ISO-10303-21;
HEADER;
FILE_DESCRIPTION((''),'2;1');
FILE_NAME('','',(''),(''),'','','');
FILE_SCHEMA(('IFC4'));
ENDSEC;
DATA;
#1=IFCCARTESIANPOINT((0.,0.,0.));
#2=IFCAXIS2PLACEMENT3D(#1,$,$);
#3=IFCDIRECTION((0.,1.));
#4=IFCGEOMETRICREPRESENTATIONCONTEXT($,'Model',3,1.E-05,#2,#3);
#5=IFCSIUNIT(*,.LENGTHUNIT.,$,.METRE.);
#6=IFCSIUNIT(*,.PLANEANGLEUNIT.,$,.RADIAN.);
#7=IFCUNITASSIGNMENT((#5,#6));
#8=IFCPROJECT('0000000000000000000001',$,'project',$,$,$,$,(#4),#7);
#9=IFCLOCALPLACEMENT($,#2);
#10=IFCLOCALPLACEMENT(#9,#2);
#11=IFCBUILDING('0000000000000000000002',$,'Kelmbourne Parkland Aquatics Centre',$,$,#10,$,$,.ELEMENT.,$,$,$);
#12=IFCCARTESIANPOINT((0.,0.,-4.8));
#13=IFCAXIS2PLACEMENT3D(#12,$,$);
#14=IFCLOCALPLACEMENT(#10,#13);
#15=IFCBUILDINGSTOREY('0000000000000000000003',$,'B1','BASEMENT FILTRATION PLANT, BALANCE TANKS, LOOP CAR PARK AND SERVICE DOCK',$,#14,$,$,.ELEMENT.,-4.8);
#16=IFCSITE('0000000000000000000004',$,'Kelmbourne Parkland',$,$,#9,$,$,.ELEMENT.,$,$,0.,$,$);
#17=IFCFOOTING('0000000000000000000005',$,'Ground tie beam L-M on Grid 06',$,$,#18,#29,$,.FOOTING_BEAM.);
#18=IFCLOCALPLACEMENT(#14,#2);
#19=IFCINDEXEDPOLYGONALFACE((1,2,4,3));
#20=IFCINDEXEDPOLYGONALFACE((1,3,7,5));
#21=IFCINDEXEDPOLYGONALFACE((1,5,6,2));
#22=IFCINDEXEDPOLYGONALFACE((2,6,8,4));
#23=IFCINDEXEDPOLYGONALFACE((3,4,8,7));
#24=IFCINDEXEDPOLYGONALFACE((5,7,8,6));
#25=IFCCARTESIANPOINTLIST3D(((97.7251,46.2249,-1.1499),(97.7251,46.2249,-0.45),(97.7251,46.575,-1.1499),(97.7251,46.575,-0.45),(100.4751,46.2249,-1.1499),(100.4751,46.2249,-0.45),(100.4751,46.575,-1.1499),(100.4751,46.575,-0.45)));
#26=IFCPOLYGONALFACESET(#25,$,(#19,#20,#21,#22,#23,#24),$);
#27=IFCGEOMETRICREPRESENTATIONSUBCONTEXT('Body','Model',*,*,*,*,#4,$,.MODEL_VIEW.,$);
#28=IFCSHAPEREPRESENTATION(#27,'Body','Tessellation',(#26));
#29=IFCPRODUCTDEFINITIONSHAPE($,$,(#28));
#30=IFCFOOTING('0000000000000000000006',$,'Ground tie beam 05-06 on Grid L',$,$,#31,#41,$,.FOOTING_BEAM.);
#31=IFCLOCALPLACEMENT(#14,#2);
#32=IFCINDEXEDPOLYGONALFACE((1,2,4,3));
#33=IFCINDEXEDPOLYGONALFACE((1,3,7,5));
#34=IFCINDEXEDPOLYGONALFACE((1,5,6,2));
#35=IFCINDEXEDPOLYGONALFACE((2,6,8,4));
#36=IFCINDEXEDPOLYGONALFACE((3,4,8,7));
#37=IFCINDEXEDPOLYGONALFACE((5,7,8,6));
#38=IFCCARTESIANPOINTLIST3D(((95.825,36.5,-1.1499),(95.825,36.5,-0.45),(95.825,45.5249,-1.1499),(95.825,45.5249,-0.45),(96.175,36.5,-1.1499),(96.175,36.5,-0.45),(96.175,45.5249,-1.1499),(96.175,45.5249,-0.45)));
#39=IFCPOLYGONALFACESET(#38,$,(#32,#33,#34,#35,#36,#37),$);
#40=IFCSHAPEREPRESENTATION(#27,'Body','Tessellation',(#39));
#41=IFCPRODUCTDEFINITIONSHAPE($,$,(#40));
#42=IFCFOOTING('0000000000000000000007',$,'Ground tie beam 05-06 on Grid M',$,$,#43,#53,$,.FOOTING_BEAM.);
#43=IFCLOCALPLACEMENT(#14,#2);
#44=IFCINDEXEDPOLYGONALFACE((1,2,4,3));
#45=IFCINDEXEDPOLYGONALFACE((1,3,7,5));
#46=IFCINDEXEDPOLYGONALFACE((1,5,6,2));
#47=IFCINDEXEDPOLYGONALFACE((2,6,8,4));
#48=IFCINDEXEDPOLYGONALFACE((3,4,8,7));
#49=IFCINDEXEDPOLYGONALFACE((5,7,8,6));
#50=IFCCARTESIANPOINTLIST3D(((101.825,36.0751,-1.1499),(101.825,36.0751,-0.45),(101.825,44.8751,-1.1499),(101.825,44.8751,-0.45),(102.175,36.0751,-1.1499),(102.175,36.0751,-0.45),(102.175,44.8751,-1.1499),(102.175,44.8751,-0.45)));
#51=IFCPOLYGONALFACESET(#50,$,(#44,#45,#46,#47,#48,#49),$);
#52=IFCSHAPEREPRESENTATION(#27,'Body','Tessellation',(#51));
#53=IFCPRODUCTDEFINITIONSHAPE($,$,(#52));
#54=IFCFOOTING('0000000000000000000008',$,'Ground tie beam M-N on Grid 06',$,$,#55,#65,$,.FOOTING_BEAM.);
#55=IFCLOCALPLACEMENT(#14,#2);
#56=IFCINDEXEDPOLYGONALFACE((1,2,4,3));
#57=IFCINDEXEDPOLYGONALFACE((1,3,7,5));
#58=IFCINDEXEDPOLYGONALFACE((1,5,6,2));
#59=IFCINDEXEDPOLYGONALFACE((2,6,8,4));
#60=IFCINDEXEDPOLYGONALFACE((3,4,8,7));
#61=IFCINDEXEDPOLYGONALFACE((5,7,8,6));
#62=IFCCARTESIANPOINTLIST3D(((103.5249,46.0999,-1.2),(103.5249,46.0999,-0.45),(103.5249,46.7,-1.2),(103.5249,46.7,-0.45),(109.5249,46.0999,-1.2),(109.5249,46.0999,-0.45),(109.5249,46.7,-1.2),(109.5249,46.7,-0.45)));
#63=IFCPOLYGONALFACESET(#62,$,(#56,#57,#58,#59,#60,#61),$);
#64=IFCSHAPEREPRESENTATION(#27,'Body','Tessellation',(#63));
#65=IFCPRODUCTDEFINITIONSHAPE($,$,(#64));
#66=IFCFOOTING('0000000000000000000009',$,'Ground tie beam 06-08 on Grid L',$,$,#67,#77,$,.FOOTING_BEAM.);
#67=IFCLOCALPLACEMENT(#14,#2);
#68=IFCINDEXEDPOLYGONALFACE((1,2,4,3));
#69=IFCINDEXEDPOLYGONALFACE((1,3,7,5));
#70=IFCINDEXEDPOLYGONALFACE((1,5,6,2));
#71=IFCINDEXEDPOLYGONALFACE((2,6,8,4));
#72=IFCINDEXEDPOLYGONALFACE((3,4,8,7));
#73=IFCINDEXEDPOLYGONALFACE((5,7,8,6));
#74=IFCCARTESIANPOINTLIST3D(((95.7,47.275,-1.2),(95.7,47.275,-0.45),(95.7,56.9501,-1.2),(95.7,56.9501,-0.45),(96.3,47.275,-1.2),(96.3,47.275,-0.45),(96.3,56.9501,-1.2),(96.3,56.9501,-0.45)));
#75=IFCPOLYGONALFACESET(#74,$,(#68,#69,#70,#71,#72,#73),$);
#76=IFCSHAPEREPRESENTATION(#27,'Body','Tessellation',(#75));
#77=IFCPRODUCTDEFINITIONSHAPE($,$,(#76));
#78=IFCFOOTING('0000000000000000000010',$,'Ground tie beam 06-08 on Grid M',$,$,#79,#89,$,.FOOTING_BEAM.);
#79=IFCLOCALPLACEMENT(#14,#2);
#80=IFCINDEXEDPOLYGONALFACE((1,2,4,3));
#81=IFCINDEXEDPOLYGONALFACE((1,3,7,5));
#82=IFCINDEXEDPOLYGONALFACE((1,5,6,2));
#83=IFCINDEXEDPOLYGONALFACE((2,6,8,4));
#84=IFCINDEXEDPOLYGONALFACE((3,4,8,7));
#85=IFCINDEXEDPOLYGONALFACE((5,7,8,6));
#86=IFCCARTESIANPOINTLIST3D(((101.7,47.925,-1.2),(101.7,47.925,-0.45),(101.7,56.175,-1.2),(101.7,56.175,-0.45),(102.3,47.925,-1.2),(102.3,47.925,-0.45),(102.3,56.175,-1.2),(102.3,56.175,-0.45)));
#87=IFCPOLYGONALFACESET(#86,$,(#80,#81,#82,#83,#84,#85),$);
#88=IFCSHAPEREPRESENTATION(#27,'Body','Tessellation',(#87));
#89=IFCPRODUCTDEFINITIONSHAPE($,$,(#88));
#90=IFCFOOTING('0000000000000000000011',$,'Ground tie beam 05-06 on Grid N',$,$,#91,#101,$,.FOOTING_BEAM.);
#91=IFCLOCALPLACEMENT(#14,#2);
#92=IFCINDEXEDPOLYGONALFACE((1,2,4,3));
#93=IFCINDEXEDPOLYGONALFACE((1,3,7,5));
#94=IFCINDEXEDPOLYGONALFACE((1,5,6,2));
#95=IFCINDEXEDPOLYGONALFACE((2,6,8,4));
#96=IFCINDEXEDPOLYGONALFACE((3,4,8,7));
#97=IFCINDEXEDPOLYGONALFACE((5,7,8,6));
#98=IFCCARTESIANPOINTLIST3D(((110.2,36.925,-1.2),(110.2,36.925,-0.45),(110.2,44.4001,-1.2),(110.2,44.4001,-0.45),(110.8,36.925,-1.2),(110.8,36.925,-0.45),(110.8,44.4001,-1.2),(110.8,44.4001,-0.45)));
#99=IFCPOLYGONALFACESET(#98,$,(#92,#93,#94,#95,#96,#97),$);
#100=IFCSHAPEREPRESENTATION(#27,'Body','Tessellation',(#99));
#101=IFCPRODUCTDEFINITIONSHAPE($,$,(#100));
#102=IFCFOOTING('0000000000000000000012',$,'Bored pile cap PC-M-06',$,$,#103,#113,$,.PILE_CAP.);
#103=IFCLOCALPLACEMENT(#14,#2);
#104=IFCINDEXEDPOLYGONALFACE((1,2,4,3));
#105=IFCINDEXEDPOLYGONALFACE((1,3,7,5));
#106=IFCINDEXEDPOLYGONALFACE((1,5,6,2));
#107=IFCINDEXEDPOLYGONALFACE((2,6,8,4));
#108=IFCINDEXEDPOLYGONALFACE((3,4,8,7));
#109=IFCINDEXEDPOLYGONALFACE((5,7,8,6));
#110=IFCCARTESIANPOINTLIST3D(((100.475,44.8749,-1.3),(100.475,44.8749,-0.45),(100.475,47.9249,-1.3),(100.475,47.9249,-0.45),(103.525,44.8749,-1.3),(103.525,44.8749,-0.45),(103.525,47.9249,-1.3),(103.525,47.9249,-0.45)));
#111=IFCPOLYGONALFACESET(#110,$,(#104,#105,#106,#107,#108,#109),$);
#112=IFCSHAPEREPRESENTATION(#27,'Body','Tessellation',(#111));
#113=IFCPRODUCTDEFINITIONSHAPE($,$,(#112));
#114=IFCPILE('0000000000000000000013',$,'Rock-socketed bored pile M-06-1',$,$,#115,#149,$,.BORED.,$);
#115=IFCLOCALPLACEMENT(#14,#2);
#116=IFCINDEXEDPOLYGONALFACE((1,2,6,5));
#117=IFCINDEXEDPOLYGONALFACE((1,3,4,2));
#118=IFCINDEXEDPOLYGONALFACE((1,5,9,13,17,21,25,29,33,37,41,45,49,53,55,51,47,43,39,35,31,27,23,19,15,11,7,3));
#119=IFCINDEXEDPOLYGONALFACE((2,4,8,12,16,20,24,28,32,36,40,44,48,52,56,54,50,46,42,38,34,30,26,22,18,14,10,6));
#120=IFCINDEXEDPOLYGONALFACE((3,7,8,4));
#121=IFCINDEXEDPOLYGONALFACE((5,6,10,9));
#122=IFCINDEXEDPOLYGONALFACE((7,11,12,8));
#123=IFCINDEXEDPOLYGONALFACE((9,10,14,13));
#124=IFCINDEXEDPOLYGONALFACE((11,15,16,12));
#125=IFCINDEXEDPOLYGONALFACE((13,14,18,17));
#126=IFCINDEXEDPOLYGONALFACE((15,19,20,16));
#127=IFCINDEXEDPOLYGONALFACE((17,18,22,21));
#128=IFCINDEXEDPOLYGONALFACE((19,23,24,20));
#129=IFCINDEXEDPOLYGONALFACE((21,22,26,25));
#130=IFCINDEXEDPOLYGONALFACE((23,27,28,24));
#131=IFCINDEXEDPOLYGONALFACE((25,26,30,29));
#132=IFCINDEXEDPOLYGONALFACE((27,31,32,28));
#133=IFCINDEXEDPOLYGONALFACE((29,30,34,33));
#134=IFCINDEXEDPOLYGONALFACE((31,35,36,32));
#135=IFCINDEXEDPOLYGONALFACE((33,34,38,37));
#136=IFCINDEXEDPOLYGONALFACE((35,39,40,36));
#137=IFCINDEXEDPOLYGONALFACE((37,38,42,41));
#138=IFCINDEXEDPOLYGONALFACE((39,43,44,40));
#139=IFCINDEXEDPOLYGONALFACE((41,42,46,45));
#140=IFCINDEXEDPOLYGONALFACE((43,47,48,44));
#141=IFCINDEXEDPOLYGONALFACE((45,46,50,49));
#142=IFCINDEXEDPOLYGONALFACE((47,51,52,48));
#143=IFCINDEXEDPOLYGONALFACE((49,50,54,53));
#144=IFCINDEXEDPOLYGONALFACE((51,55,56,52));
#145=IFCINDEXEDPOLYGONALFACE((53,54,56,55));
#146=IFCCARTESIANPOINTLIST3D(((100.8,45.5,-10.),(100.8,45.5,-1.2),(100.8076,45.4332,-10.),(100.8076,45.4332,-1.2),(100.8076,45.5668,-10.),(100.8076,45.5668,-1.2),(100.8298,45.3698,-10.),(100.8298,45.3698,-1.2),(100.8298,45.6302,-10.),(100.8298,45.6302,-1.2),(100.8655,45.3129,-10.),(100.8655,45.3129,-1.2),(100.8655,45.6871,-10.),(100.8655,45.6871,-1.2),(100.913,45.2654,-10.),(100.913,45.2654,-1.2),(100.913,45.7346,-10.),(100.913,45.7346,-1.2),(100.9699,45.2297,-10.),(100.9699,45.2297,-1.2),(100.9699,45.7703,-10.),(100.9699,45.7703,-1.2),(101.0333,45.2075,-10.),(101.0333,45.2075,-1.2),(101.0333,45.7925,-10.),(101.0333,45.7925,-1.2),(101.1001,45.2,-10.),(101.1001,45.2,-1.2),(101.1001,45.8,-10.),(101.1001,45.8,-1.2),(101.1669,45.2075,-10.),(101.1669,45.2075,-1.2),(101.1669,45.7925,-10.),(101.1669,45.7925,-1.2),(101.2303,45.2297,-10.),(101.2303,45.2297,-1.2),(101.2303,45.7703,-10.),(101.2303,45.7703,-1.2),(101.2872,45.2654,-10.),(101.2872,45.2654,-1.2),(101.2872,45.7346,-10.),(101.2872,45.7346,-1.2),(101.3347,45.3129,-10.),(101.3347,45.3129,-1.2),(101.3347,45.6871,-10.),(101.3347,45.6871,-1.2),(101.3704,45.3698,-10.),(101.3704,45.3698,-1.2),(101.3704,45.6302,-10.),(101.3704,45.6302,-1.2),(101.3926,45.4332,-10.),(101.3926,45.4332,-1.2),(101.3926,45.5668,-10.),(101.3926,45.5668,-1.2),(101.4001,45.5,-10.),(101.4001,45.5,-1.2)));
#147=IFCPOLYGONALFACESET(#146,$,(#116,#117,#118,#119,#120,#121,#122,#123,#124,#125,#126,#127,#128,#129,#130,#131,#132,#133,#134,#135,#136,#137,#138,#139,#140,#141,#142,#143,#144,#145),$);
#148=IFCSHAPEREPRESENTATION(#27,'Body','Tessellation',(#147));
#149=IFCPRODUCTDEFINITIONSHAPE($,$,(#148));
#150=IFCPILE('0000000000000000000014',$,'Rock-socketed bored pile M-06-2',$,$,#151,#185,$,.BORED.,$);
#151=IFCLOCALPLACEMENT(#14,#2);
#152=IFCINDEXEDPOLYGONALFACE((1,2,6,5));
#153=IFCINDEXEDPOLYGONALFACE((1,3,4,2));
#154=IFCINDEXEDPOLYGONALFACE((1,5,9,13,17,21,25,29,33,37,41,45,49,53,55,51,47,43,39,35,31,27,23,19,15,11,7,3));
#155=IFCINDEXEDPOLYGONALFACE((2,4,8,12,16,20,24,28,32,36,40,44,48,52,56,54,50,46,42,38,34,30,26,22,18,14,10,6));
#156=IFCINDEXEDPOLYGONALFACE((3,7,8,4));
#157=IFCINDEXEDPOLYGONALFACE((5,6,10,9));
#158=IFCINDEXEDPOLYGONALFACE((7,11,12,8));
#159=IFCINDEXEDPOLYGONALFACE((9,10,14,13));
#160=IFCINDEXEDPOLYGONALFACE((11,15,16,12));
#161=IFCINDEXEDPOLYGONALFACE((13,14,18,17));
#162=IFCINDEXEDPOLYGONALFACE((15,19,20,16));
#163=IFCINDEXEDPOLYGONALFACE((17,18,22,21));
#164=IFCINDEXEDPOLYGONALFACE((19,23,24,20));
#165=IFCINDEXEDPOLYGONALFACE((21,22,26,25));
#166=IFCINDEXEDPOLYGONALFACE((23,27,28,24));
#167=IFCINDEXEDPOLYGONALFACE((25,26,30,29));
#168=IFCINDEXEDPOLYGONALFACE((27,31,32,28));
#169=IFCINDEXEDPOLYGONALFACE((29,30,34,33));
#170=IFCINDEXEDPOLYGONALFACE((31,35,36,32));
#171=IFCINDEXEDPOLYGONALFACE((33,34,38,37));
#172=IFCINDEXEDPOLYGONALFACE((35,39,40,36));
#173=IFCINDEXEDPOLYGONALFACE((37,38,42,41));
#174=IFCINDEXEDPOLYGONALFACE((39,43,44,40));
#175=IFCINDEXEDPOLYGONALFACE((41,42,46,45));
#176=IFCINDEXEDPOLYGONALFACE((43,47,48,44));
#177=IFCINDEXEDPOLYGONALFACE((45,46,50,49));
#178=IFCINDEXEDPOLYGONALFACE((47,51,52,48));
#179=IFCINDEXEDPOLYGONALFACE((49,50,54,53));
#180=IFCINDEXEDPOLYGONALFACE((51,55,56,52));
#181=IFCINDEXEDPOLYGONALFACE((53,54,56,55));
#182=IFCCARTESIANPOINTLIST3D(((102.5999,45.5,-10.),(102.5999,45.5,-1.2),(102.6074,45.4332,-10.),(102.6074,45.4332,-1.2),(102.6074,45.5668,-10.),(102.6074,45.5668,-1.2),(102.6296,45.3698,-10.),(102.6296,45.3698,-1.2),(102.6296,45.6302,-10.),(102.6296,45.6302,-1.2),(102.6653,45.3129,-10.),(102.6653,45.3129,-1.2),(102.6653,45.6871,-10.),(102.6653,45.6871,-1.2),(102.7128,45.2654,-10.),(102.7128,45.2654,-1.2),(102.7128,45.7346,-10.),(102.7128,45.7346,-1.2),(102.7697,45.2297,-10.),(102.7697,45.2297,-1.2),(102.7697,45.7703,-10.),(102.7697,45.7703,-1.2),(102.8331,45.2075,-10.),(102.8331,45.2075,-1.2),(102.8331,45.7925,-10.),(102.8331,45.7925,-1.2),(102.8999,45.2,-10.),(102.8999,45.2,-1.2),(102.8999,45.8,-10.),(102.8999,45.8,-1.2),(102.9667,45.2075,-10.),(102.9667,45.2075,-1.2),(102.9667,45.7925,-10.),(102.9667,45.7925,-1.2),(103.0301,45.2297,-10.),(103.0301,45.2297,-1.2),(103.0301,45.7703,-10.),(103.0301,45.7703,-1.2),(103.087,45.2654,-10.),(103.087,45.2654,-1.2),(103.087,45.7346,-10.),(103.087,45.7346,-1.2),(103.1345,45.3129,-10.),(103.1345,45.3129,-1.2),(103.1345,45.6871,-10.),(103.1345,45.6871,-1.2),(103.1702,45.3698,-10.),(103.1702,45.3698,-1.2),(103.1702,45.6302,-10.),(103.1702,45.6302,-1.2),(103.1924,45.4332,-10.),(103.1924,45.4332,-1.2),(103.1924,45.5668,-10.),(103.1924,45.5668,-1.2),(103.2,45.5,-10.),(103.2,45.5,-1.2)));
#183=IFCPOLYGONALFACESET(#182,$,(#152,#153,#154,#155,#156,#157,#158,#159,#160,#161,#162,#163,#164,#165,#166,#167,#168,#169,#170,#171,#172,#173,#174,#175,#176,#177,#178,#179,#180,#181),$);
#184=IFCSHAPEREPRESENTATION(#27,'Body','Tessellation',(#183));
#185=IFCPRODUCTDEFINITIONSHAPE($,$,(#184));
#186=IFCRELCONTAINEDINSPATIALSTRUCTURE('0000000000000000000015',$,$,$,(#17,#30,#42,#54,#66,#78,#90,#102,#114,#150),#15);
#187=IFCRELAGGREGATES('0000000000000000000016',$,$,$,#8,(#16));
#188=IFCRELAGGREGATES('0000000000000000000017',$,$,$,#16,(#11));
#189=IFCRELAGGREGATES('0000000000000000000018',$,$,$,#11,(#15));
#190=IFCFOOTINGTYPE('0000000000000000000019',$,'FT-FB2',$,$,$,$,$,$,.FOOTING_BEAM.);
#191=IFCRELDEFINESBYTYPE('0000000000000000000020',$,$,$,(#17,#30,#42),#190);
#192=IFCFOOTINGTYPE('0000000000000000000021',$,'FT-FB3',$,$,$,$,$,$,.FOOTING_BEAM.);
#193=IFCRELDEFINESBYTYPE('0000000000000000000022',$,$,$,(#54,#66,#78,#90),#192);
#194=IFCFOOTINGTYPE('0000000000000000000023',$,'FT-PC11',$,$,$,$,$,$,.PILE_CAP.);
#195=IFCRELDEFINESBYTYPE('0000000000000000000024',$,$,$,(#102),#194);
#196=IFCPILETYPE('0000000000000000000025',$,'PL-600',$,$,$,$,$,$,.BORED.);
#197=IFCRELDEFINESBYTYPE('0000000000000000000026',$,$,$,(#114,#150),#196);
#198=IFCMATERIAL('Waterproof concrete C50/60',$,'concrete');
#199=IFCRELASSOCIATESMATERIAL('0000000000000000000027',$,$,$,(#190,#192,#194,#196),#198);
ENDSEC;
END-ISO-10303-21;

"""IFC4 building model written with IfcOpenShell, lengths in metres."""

from ifc_helpers import new_model, si_unit, direction, frame, origin, origin_2d, place, context, subcontext, project, spatial, rectangle, circle, extrude, material, material_profile, profile_set, type_object, element, save


model = new_model("IFC4")

# Units and contexts
model_context = context("Model", 3, precision=1e-05, world=origin(), true_north=direction((0.0, 1.0)))
body_context = subcontext(model_context, "Body", "Model", "MODEL_VIEW")
ifc_project = project(units=[si_unit("LENGTHUNIT", "METRE"), si_unit("PLANEANGLEUNIT", "RADIAN")], contexts=[model_context])

# Site, building, storey
site_placement = place(None, origin())
site = spatial("IfcSite", under=ifc_project, at=site_placement, Name="Kelmbourne Parkland", CompositionType="ELEMENT", RefElevation=0.0)
building_placement = place(site_placement, origin())
building = spatial("IfcBuilding", under=site, at=building_placement, Name="Kelmbourne Parkland Aquatics Centre", CompositionType="ELEMENT")
storey_placement = place(building_placement, frame((0.0, 0.0, -4.8)))
storey = spatial("IfcBuildingStorey", under=building, at=storey_placement, Name="B1", Description="BASEMENT FILTRATION PLANT, BALANCE TANKS, LOOP CAR PARK AND SERVICE DOCK", CompositionType="ELEMENT", Elevation=-4.8)

# Footings
ifc_material_1 = material(Name="Waterproof concrete C50/60", Category="concrete")
footing_type_1 = type_object("IfcFootingType", Name="FT-FB2", PredefinedType="FOOTING_BEAM", material=ifc_material_1)
footing_1_placement = place(storey_placement, frame((99.1001, 46.3999, -1.1499), z_axis=(0.0, 0.0, 1.0), x_axis=(1.0, 0.0, 0.0)))
element("IfcFooting", 1, at=footing_1_placement, inside=storey, type_object=footing_type_1, Name="Ground tie beam L-M on Grid 06", PredefinedType="FOOTING_BEAM", context=body_context, shape_type="SweptSolid", body=[
    extrude(rectangle(XDim=2.75, YDim=0.3501, at=origin_2d()), origin(), (0.0, 0.0, 1.0), 0.7),
])
footing_2_placement = place(storey_placement, frame((96.0, 41.0125, -1.1499), z_axis=(0.0, 0.0, 1.0), x_axis=(0.0, 1.0, 0.0)))
element("IfcFooting", 2, at=footing_2_placement, inside=storey, type_object=footing_type_1, Name="Ground tie beam 05-06 on Grid L", PredefinedType="FOOTING_BEAM", context=body_context, shape_type="SweptSolid", body=[
    extrude(rectangle(XDim=9.0249, YDim=0.3501, at=origin_2d()), origin(), (0.0, 0.0, 1.0), 0.7),
])
footing_3_placement = place(storey_placement, frame((102.0, 40.4751, -1.1499), z_axis=(0.0, 0.0, 1.0), x_axis=(0.0, 1.0, 0.0)))
element("IfcFooting", 3, at=footing_3_placement, inside=storey, type_object=footing_type_1, Name="Ground tie beam 05-06 on Grid M", PredefinedType="FOOTING_BEAM", context=body_context, shape_type="SweptSolid", body=[
    extrude(rectangle(XDim=8.8, YDim=0.3501, at=origin_2d()), origin(), (0.0, 0.0, 1.0), 0.7),
])
footing_type_2 = type_object("IfcFootingType", Name="FT-FB3", PredefinedType="FOOTING_BEAM", material=ifc_material_1)
footing_4_placement = place(storey_placement, frame((106.5249, 46.3999, -1.2), z_axis=(0.0, 0.0, 1.0), x_axis=(1.0, 0.0, 0.0)))
element("IfcFooting", 4, at=footing_4_placement, inside=storey, type_object=footing_type_2, Name="Ground tie beam M-N on Grid 06", PredefinedType="FOOTING_BEAM", context=body_context, shape_type="SweptSolid", body=[
    extrude(rectangle(XDim=6.0, YDim=0.6001, at=origin_2d()), origin(), (0.0, 0.0, 1.0), 0.75),
])
footing_5_placement = place(storey_placement, frame((96.0, 52.1125, -1.2), z_axis=(0.0, 0.0, 1.0), x_axis=(0.0, 1.0, 0.0)))
element("IfcFooting", 5, at=footing_5_placement, inside=storey, type_object=footing_type_2, Name="Ground tie beam 06-08 on Grid L", PredefinedType="FOOTING_BEAM", context=body_context, shape_type="SweptSolid", body=[
    extrude(rectangle(XDim=9.675, YDim=0.6001, at=origin_2d()), origin(), (0.0, 0.0, 1.0), 0.75),
])
footing_6_placement = place(storey_placement, frame((102.0, 52.05, -1.2), z_axis=(0.0, 0.0, 1.0), x_axis=(0.0, 1.0, 0.0)))
element("IfcFooting", 6, at=footing_6_placement, inside=storey, type_object=footing_type_2, Name="Ground tie beam 06-08 on Grid M", PredefinedType="FOOTING_BEAM", context=body_context, shape_type="SweptSolid", body=[
    extrude(rectangle(XDim=8.25, YDim=0.6001, at=origin_2d()), origin(), (0.0, 0.0, 1.0), 0.75),
])
footing_7_placement = place(storey_placement, frame((110.5, 40.6626, -1.2), z_axis=(0.0, 0.0, 1.0), x_axis=(0.0, 1.0, 0.0)))
element("IfcFooting", 7, at=footing_7_placement, inside=storey, type_object=footing_type_2, Name="Ground tie beam 05-06 on Grid N", PredefinedType="FOOTING_BEAM", context=body_context, shape_type="SweptSolid", body=[
    extrude(rectangle(XDim=7.4751, YDim=0.6001, at=origin_2d()), origin(), (0.0, 0.0, 1.0), 0.75),
])
footing_type_3 = type_object("IfcFootingType", Name="FT-PC11", PredefinedType="PILE_CAP", material=ifc_material_1)
footing_8_placement = place(storey_placement, frame((102.0, 46.3999, -1.3), z_axis=(0.0, 0.0, 1.0), x_axis=(1.0, 0.0, 0.0)))
element("IfcFooting", 8, at=footing_8_placement, inside=storey, type_object=footing_type_3, Name="Bored pile cap PC-M-06", PredefinedType="PILE_CAP", context=body_context, shape_type="SweptSolid", body=[
    extrude(rectangle(XDim=3.05, YDim=3.05, at=origin_2d()), origin(), (0.0, 0.0, 1.0), 0.8501),
])

# Piles
ifc_material_profile_1 = material_profile(ifc_material_1, circle(Radius=0.3, at=origin_2d()), Name="PILE D600")
ifc_profile_set_1 = profile_set([ifc_material_profile_1], Name="Waterproof concrete C50/60")
pile_type_1 = type_object("IfcPileType", Name="PL-600", PredefinedType="BORED", material=ifc_profile_set_1)
for number, where, z_axis, x_axis, name in (
    (9, (101.1001, 45.5, -1.2), (0.0, 0.0, -1.0), (1.0, 0.0, 0.0), "Rock-socketed bored pile M-06-1"),
    (10, (102.8999, 45.5, -1.2), (0.0, 0.0, -1.0), (1.0, 0.0, 0.0), "Rock-socketed bored pile M-06-2"),
):
    element("IfcPile", number, at=place(storey_placement, frame(where, z_axis=z_axis, x_axis=x_axis)), inside=storey, type_object=pile_type_1, Name=name, PredefinedType="BORED", context=body_context, shape_type="SweptSolid", body=[
        extrude(circle(Radius=0.3, at=origin_2d()), origin(), (0.0, 0.0, 1.0), 8.8),
    ])

save(model, "model.ifc")
